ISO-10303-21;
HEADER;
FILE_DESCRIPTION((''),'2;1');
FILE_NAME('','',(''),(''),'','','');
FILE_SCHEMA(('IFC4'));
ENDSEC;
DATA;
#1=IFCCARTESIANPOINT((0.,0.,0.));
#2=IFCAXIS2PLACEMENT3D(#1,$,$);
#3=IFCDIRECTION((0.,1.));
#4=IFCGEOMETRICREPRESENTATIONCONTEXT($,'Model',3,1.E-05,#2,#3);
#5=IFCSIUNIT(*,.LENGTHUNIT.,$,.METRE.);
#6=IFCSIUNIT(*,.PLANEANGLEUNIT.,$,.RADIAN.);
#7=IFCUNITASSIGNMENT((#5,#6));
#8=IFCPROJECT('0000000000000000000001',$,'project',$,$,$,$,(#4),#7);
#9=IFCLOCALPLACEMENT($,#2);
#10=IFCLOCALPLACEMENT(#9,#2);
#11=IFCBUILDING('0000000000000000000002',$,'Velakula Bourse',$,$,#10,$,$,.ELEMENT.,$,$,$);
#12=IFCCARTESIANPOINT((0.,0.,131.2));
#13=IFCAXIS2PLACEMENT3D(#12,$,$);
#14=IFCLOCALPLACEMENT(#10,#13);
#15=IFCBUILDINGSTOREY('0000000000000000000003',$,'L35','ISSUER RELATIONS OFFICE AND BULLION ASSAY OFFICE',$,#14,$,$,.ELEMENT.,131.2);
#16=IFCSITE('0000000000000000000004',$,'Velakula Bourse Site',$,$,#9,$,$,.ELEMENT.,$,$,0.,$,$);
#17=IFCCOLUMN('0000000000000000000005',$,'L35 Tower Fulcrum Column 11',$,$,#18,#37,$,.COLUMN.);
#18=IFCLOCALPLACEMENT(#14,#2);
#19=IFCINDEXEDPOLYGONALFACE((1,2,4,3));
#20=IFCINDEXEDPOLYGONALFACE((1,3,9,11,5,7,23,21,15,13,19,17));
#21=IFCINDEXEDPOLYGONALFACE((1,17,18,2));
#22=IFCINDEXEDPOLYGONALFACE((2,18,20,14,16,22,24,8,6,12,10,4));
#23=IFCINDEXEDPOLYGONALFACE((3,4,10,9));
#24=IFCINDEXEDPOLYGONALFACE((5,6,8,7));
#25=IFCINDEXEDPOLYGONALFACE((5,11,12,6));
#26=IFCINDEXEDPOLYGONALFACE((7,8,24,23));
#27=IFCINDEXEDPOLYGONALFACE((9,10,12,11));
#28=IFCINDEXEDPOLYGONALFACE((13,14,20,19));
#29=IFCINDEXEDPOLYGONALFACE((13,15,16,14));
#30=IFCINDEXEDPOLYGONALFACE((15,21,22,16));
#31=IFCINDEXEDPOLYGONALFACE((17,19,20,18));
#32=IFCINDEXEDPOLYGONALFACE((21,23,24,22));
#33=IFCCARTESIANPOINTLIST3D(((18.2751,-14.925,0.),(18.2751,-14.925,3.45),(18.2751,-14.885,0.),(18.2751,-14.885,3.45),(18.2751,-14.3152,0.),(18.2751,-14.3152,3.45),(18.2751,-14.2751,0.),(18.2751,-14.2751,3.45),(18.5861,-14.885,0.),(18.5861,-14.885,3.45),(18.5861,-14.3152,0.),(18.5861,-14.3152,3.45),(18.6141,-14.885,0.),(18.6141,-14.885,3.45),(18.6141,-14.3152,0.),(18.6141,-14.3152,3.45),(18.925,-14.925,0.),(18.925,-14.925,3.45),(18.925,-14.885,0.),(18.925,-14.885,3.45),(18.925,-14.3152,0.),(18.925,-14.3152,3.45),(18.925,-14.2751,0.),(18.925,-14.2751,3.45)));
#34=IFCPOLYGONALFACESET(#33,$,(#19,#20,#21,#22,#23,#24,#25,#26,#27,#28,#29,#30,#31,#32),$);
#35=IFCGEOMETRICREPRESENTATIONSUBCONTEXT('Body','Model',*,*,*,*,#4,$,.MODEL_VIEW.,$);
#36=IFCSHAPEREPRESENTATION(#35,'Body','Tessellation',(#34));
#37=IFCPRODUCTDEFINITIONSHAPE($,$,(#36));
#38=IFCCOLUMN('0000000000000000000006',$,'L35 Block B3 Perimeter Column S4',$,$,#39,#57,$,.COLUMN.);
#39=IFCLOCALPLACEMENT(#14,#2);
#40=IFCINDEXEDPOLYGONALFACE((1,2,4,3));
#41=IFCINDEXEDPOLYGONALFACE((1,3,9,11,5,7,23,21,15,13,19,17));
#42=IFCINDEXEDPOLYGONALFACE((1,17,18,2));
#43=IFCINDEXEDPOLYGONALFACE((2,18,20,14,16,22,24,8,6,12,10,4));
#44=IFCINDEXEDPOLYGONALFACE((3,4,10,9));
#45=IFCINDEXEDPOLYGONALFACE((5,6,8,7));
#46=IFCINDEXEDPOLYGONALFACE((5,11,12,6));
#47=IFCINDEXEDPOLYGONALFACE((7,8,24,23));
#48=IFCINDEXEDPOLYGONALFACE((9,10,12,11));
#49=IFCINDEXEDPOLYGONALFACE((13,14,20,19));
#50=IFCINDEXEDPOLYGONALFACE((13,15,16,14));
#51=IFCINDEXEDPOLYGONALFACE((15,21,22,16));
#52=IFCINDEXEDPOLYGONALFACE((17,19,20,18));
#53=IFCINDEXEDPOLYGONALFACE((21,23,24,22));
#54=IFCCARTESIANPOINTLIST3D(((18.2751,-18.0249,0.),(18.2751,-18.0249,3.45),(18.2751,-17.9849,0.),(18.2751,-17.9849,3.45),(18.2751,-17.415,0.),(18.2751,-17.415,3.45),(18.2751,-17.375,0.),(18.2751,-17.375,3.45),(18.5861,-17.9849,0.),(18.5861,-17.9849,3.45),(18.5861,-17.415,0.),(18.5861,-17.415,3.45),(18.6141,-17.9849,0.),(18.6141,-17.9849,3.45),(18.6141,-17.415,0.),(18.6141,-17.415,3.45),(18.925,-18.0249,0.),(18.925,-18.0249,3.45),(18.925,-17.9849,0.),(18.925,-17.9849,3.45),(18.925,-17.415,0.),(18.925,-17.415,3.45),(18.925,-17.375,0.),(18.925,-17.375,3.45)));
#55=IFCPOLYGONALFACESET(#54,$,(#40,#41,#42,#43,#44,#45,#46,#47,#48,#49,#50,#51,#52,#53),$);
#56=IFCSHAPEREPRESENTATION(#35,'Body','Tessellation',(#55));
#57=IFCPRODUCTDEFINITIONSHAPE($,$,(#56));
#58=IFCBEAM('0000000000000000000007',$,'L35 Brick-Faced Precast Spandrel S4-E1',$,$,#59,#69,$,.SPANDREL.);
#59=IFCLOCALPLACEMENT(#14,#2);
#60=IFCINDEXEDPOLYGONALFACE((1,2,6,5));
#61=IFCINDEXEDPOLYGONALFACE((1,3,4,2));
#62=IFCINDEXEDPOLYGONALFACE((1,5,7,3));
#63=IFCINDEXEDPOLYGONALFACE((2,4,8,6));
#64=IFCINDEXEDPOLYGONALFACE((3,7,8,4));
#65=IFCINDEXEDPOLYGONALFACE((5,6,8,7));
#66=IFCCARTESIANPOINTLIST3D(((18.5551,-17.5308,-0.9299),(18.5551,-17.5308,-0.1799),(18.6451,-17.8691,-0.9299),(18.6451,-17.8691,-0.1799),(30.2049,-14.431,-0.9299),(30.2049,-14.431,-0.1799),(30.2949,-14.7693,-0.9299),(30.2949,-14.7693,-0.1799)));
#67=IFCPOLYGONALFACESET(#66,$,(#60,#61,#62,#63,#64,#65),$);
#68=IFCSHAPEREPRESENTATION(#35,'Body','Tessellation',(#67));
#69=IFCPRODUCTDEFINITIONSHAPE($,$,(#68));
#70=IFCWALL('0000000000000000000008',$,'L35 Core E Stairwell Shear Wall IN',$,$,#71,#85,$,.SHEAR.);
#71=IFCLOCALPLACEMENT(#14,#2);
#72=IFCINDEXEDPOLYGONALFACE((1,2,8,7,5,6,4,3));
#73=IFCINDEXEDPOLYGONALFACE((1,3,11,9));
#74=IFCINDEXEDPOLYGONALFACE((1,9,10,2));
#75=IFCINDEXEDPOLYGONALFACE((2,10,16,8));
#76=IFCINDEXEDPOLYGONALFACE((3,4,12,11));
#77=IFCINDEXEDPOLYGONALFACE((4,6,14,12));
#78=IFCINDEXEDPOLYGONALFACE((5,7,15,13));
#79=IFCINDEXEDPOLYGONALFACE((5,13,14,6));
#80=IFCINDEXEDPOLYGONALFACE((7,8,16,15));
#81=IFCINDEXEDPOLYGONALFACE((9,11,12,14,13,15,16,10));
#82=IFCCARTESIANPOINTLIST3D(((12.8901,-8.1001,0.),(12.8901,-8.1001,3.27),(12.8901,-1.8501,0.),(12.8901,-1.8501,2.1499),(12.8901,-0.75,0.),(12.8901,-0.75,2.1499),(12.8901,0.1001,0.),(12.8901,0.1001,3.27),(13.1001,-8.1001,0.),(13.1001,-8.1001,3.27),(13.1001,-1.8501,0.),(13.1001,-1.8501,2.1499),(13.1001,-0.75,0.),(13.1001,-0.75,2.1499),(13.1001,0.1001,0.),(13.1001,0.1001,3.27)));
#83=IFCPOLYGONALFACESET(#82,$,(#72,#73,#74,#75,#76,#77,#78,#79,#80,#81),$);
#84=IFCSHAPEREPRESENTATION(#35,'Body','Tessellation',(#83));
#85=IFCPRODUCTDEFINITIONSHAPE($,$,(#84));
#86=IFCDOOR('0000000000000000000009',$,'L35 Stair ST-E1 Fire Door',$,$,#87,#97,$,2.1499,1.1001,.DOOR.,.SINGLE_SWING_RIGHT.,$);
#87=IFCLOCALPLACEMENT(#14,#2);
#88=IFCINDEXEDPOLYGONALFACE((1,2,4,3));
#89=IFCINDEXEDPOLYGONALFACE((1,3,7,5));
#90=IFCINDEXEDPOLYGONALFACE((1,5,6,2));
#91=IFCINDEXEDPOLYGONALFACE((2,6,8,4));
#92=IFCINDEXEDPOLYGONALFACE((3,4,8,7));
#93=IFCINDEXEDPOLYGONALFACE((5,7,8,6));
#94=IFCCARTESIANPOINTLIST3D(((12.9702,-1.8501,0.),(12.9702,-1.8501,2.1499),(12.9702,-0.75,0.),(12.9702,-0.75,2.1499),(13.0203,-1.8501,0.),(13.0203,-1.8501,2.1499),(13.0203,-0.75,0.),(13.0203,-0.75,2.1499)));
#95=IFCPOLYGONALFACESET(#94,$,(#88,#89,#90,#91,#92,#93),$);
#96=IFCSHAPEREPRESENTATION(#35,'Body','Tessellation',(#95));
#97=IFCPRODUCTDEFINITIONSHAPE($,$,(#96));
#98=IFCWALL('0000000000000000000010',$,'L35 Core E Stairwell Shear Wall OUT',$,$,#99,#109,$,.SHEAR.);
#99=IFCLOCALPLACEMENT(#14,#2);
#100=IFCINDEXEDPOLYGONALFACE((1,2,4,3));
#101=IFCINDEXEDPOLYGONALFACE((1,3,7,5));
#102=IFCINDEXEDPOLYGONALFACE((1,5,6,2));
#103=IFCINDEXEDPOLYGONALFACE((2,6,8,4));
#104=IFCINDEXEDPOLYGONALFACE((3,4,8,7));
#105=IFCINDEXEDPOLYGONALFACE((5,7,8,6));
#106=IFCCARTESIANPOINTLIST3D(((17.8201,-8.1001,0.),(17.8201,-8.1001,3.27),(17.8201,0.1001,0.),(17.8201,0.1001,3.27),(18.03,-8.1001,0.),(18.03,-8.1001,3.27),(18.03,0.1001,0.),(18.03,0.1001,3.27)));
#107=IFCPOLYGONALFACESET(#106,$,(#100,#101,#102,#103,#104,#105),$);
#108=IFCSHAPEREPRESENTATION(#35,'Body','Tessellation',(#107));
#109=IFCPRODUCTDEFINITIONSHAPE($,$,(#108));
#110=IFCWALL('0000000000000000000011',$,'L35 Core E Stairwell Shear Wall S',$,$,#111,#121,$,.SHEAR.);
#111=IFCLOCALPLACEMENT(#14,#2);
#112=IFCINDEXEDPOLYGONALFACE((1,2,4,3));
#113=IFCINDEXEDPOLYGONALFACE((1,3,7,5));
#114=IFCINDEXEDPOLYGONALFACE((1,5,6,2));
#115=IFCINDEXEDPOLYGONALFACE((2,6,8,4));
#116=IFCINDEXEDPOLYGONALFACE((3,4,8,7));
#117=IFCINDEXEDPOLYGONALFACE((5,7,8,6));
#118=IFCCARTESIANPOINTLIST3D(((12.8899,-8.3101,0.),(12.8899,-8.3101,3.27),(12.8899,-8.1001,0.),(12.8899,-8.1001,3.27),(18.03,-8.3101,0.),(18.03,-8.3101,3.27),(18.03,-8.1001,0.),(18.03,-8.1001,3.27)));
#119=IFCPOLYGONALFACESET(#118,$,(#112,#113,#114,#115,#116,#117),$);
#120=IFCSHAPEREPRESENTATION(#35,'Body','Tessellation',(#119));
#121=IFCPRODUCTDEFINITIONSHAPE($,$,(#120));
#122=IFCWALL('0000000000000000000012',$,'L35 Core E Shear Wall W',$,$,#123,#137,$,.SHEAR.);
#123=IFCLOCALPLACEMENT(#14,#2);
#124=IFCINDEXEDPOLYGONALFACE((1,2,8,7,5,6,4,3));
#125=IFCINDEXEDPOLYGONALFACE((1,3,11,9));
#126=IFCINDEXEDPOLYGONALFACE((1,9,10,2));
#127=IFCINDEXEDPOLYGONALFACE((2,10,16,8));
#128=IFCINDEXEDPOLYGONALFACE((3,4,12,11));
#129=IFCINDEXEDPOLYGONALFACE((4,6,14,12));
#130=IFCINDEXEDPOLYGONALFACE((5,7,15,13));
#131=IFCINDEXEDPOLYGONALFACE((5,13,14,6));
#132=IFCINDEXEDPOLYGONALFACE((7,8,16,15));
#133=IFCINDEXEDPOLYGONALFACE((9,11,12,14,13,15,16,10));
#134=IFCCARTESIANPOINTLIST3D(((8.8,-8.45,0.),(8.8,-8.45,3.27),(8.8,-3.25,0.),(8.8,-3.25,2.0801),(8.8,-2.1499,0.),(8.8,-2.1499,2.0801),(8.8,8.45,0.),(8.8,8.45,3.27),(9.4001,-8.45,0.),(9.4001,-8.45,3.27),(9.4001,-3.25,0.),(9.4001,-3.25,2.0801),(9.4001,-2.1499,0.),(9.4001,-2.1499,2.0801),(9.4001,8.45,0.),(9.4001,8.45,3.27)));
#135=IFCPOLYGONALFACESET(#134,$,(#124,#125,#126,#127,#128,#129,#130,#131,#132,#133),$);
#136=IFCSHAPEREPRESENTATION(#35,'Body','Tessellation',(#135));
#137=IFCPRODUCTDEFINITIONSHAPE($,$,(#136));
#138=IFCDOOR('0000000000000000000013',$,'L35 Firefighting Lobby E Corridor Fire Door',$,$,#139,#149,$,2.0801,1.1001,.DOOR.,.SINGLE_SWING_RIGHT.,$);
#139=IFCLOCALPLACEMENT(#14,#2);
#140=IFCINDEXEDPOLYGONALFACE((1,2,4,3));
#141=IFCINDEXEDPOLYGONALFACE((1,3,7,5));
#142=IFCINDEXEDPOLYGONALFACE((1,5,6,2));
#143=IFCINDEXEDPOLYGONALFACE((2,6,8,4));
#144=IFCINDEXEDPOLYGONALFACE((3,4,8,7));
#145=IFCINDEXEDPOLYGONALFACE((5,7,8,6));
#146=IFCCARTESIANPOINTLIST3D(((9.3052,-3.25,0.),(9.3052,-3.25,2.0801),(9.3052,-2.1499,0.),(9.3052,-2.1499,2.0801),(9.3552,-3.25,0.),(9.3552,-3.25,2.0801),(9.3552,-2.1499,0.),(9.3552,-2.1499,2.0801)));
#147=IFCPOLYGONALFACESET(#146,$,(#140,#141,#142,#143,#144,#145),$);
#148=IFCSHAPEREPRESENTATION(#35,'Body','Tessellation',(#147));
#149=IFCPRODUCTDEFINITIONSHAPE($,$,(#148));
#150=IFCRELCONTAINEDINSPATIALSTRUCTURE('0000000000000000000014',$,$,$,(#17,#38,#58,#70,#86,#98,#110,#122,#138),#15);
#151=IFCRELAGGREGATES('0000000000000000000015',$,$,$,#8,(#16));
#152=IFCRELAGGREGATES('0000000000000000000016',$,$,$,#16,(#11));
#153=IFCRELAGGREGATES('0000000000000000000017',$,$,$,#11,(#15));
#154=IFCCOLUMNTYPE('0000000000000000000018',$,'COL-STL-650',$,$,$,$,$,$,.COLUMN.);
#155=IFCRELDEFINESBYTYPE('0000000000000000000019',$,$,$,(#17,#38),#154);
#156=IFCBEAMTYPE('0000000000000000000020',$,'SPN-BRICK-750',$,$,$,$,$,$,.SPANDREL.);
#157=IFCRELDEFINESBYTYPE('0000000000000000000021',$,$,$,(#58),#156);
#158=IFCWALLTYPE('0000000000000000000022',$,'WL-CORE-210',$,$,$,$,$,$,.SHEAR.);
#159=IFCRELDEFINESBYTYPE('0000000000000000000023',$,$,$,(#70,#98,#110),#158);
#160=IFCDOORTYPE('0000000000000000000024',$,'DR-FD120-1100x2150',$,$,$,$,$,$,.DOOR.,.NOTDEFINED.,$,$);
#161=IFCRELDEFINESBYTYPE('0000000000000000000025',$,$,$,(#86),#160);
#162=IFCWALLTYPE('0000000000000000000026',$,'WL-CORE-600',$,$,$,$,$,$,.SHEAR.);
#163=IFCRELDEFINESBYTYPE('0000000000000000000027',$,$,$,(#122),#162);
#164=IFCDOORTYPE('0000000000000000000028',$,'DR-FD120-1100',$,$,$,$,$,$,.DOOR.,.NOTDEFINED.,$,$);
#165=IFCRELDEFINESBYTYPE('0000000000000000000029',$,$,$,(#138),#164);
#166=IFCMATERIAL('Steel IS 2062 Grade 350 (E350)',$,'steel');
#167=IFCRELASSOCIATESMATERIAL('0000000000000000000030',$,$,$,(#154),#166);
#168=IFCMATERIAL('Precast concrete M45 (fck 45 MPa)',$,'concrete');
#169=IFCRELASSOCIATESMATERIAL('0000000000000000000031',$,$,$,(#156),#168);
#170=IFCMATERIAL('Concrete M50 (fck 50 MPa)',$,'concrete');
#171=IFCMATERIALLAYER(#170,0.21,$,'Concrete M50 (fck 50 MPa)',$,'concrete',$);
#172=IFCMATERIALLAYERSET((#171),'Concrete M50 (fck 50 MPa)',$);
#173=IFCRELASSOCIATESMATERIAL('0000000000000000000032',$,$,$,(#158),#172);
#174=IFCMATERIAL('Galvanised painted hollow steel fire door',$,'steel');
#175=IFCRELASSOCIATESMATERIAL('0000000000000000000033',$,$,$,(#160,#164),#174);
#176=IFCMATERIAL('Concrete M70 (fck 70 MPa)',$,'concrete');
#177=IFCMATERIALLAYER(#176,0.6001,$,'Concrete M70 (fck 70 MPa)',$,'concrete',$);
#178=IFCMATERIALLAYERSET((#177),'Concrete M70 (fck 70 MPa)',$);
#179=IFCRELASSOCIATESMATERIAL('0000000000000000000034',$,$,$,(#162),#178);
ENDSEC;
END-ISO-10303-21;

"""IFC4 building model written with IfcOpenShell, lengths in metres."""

from ifc_helpers import new_model, si_unit, direction, frame, frame_2d, origin, origin_2d, place, context, subcontext, project, spatial, rectangle, i_section, extrude, material, layer, layer_set, material_profile, profile_set, type_object, element, fill, save


model = new_model("IFC4")

# Units and contexts
model_context = context("Model", 3, precision=1e-05, world=origin(), true_north=direction((0.0, 1.0)))
body_context = subcontext(model_context, "Body", "Model", "MODEL_VIEW")
ifc_project = project(units=[si_unit("LENGTHUNIT", "METRE"), si_unit("PLANEANGLEUNIT", "RADIAN")], contexts=[model_context])

# Site, building, storey
site_placement = place(None, origin())
site = spatial("IfcSite", under=ifc_project, at=site_placement, Name="Velakula Bourse Site", CompositionType="ELEMENT", RefElevation=0.0)
building_placement = place(site_placement, origin())
building = spatial("IfcBuilding", under=site, at=building_placement, Name="Velakula Bourse", CompositionType="ELEMENT")
storey_placement = place(building_placement, frame((0.0, 0.0, 131.2)))
storey = spatial("IfcBuildingStorey", under=building, at=storey_placement, Name="L35", Description="ISSUER RELATIONS OFFICE AND BULLION ASSAY OFFICE", CompositionType="ELEMENT", Elevation=131.2)

# Columns
ifc_material_1 = material(Name="Steel IS 2062 Grade 350 (E350)", Category="steel")
ifc_material_profile_1 = material_profile(ifc_material_1, i_section(OverallWidth=0.6499, OverallDepth=0.6499, WebThickness=0.0281, FlangeThickness=0.04, at=origin_2d()), Name="Steel IS 2062 Grade 350 (E350)")
ifc_profile_set_1 = profile_set([ifc_material_profile_1], Name="Steel IS 2062 Grade 350 (E350)")
column_type = type_object("IfcColumnType", Name="COL-STL-650", PredefinedType="COLUMN", material=ifc_profile_set_1)
for number, where, z_axis, x_axis, name in (
    (1, (18.6001, -14.6001, 0.0), (0.0, 0.0, 1.0), (1.0, 0.0, 0.0), "L35 Tower Fulcrum Column 11"),
    (2, (18.6001, -17.7, 0.0), (0.0, 0.0, 1.0), (1.0, 0.0, 0.0), "L35 Block B3 Perimeter Column S4"),
):
    element("IfcColumn", number, at=place(storey_placement, frame(where, z_axis=z_axis, x_axis=x_axis)), inside=storey, type_object=column_type, Name=name, PredefinedType="COLUMN", context=body_context, shape_type="SweptSolid", body=[
        extrude(i_section(OverallWidth=0.6499, OverallDepth=0.6499, WebThickness=0.0281, FlangeThickness=0.04, at=origin_2d()), origin(), (0.0, 0.0, 1.0), 3.45),
    ])

# Beam
ifc_material_2 = material(Name="Precast concrete M45 (fck 45 MPa)", Category="concrete")
ifc_material_profile_2 = material_profile(ifc_material_2, rectangle(XDim=0.3501, YDim=0.75, at=origin_2d()), Name="Precast concrete M45 (fck 45 MPa)")
ifc_profile_set_2 = profile_set([ifc_material_profile_2], Name="Precast concrete M45 (fck 45 MPa)")
beam_type = type_object("IfcBeamType", Name="SPN-BRICK-750", PredefinedType="SPANDREL", material=ifc_profile_set_2)
beam_placement = place(storey_placement, frame((18.6001, -17.7, -0.5549), z_axis=(0.966375, 0.257137, 0.0), x_axis=(-0.257137, 0.966375, 0.0)))
element("IfcBeam", 3, at=beam_placement, inside=storey, type_object=beam_type, Name="L35 Brick-Faced Precast Spandrel S4-E1", PredefinedType="SPANDREL", context=body_context, shape_type="SweptSolid", body=[
    extrude(rectangle(XDim=0.3501, YDim=0.75, at=origin_2d()), origin(), (0.0, 0.0, 1.0), 12.0552),
])

# Wall, opening, door
ifc_material_3 = material(Name="Concrete M50 (fck 50 MPa)", Category="concrete")
ifc_layer_1 = layer(ifc_material_3, 0.21, Name="Concrete M50 (fck 50 MPa)", Category="concrete")
ifc_layer_set_1 = layer_set([ifc_layer_1], Name="Concrete M50 (fck 50 MPa)")
wall_type_1 = type_object("IfcWallType", Name="WL-CORE-210", PredefinedType="SHEAR", material=ifc_layer_set_1)
wall_1_placement = place(storey_placement, frame((12.9951, -8.1001, 0.0), z_axis=(0.0, 0.0, 1.0), x_axis=(0.0, 1.0, 0.0)))
wall_1 = element("IfcWall", 4, at=wall_1_placement, inside=storey, type_object=wall_type_1, Name="L35 Core E Stairwell Shear Wall IN", PredefinedType="SHEAR", context=body_context, shape_type="SweptSolid", body=[
    extrude(rectangle(XDim=8.2002, YDim=0.21, at=frame_2d((4.1001, 0.0))), origin(), (0.0, 0.0, 1.0), 3.27),
])
opening_1_placement = place(wall_1_placement, frame((6.25, 0.0, 0.0)))
opening_1 = element("IfcOpeningElement", 5, at=opening_1_placement, cuts=wall_1, PredefinedType="OPENING", context=body_context, shape_type="SweptSolid", body=[
    extrude(rectangle(XDim=1.1001, YDim=2.1499, at=frame_2d((0.55, 1.075))), frame((0.0, 0.115, 0.0), z_axis=(0.0, -1.0, 0.0), x_axis=(1.0, 0.0, 0.0)), (0.0, 0.0, 1.0), 0.23),
])
ifc_material_4 = material(Name="Galvanised painted hollow steel fire door", Category="steel")
door_type_1 = type_object("IfcDoorType", Name="DR-FD120-1100x2150", OperationType="NOTDEFINED", PredefinedType="DOOR", material=ifc_material_4)
door_1_placement = place(opening_1_placement, origin())
door_1 = element("IfcDoor", 6, at=door_1_placement, inside=storey, type_object=door_type_1, Name="L35 Stair ST-E1 Fire Door", OperationType="SINGLE_SWING_RIGHT", OverallHeight=2.1499, OverallWidth=1.1001, PredefinedType="DOOR", context=body_context, shape_type="SweptSolid", body=[
    extrude(rectangle(XDim=1.1001, YDim=2.1499, at=frame_2d((0.55, 1.075))), frame((0.0, 0.0249, 0.0), z_axis=(0.0, -1.0, 0.0), x_axis=(1.0, 0.0, 0.0)), (0.0, 0.0, 1.0), 0.05),
])
fill(opening_1, door_1)

# Walls
wall_2_placement = place(storey_placement, frame((17.925, -8.1001, 0.0), z_axis=(0.0, 0.0, 1.0), x_axis=(0.0, 1.0, 0.0)))
element("IfcWall", 7, at=wall_2_placement, inside=storey, type_object=wall_type_1, Name="L35 Core E Stairwell Shear Wall OUT", PredefinedType="SHEAR", context=body_context, shape_type="SweptSolid", body=[
    extrude(rectangle(XDim=8.2002, YDim=0.21, at=frame_2d((4.1001, 0.0))), origin(), (0.0, 0.0, 1.0), 3.27),
])
wall_3_placement = place(storey_placement, frame((12.8899, -8.2051, 0.0), z_axis=(0.0, 0.0, 1.0), x_axis=(1.0, 0.0, 0.0)))
element("IfcWall", 8, at=wall_3_placement, inside=storey, type_object=wall_type_1, Name="L35 Core E Stairwell Shear Wall S", PredefinedType="SHEAR", context=body_context, shape_type="SweptSolid", body=[
    extrude(rectangle(XDim=5.1401, YDim=0.21, at=frame_2d((2.5701, 0.0))), origin(), (0.0, 0.0, 1.0), 3.27),
])

# Wall, opening, door
ifc_material_5 = material(Name="Concrete M70 (fck 70 MPa)", Category="concrete")
ifc_layer_2 = layer(ifc_material_5, 0.6001, Name="Concrete M70 (fck 70 MPa)", Category="concrete")
ifc_layer_set_2 = layer_set([ifc_layer_2], Name="Concrete M70 (fck 70 MPa)")
wall_type_2 = type_object("IfcWallType", Name="WL-CORE-600", PredefinedType="SHEAR", material=ifc_layer_set_2)
wall_4_placement = place(storey_placement, frame((9.1001, -8.45, 0.0), z_axis=(0.0, 0.0, 1.0), x_axis=(0.0, 1.0, 0.0)))
wall_4 = element("IfcWall", 9, at=wall_4_placement, inside=storey, type_object=wall_type_2, Name="L35 Core E Shear Wall W", PredefinedType="SHEAR", context=body_context, shape_type="SweptSolid", body=[
    extrude(rectangle(XDim=16.8999, YDim=0.6001, at=frame_2d((8.45, 0.0))), origin(), (0.0, 0.0, 1.0), 3.27),
])
opening_2_placement = place(wall_4_placement, frame((5.2, 0.0, 0.0)))
opening_2 = element("IfcOpeningElement", 10, at=opening_2_placement, cuts=wall_4, PredefinedType="OPENING", context=body_context, shape_type="SweptSolid", body=[
    extrude(rectangle(XDim=1.1001, YDim=2.0801, at=frame_2d((0.55, 1.04))), frame((0.0, 0.3101, 0.0), z_axis=(0.0, -1.0, 0.0), x_axis=(1.0, 0.0, 0.0)), (0.0, 0.0, 1.0), 0.6201),
])
door_type_2 = type_object("IfcDoorType", Name="DR-FD120-1100", OperationType="NOTDEFINED", PredefinedType="DOOR", material=ifc_material_4)
door_2_placement = place(opening_2_placement, origin())
door_2 = element("IfcDoor", 11, at=door_2_placement, inside=storey, type_object=door_type_2, Name="L35 Firefighting Lobby E Corridor Fire Door", OperationType="SINGLE_SWING_RIGHT", OverallHeight=2.0801, OverallWidth=1.1001, PredefinedType="DOOR", context=body_context, shape_type="SweptSolid", body=[
    extrude(rectangle(XDim=1.1001, YDim=2.0801, at=frame_2d((0.55, 1.04))), frame((0.0, -0.2051, 0.0), z_axis=(0.0, -1.0, 0.0), x_axis=(1.0, 0.0, 0.0)), (0.0, 0.0, 1.0), 0.05),
])
fill(opening_2, door_2)

save(model, "model.ifc")
